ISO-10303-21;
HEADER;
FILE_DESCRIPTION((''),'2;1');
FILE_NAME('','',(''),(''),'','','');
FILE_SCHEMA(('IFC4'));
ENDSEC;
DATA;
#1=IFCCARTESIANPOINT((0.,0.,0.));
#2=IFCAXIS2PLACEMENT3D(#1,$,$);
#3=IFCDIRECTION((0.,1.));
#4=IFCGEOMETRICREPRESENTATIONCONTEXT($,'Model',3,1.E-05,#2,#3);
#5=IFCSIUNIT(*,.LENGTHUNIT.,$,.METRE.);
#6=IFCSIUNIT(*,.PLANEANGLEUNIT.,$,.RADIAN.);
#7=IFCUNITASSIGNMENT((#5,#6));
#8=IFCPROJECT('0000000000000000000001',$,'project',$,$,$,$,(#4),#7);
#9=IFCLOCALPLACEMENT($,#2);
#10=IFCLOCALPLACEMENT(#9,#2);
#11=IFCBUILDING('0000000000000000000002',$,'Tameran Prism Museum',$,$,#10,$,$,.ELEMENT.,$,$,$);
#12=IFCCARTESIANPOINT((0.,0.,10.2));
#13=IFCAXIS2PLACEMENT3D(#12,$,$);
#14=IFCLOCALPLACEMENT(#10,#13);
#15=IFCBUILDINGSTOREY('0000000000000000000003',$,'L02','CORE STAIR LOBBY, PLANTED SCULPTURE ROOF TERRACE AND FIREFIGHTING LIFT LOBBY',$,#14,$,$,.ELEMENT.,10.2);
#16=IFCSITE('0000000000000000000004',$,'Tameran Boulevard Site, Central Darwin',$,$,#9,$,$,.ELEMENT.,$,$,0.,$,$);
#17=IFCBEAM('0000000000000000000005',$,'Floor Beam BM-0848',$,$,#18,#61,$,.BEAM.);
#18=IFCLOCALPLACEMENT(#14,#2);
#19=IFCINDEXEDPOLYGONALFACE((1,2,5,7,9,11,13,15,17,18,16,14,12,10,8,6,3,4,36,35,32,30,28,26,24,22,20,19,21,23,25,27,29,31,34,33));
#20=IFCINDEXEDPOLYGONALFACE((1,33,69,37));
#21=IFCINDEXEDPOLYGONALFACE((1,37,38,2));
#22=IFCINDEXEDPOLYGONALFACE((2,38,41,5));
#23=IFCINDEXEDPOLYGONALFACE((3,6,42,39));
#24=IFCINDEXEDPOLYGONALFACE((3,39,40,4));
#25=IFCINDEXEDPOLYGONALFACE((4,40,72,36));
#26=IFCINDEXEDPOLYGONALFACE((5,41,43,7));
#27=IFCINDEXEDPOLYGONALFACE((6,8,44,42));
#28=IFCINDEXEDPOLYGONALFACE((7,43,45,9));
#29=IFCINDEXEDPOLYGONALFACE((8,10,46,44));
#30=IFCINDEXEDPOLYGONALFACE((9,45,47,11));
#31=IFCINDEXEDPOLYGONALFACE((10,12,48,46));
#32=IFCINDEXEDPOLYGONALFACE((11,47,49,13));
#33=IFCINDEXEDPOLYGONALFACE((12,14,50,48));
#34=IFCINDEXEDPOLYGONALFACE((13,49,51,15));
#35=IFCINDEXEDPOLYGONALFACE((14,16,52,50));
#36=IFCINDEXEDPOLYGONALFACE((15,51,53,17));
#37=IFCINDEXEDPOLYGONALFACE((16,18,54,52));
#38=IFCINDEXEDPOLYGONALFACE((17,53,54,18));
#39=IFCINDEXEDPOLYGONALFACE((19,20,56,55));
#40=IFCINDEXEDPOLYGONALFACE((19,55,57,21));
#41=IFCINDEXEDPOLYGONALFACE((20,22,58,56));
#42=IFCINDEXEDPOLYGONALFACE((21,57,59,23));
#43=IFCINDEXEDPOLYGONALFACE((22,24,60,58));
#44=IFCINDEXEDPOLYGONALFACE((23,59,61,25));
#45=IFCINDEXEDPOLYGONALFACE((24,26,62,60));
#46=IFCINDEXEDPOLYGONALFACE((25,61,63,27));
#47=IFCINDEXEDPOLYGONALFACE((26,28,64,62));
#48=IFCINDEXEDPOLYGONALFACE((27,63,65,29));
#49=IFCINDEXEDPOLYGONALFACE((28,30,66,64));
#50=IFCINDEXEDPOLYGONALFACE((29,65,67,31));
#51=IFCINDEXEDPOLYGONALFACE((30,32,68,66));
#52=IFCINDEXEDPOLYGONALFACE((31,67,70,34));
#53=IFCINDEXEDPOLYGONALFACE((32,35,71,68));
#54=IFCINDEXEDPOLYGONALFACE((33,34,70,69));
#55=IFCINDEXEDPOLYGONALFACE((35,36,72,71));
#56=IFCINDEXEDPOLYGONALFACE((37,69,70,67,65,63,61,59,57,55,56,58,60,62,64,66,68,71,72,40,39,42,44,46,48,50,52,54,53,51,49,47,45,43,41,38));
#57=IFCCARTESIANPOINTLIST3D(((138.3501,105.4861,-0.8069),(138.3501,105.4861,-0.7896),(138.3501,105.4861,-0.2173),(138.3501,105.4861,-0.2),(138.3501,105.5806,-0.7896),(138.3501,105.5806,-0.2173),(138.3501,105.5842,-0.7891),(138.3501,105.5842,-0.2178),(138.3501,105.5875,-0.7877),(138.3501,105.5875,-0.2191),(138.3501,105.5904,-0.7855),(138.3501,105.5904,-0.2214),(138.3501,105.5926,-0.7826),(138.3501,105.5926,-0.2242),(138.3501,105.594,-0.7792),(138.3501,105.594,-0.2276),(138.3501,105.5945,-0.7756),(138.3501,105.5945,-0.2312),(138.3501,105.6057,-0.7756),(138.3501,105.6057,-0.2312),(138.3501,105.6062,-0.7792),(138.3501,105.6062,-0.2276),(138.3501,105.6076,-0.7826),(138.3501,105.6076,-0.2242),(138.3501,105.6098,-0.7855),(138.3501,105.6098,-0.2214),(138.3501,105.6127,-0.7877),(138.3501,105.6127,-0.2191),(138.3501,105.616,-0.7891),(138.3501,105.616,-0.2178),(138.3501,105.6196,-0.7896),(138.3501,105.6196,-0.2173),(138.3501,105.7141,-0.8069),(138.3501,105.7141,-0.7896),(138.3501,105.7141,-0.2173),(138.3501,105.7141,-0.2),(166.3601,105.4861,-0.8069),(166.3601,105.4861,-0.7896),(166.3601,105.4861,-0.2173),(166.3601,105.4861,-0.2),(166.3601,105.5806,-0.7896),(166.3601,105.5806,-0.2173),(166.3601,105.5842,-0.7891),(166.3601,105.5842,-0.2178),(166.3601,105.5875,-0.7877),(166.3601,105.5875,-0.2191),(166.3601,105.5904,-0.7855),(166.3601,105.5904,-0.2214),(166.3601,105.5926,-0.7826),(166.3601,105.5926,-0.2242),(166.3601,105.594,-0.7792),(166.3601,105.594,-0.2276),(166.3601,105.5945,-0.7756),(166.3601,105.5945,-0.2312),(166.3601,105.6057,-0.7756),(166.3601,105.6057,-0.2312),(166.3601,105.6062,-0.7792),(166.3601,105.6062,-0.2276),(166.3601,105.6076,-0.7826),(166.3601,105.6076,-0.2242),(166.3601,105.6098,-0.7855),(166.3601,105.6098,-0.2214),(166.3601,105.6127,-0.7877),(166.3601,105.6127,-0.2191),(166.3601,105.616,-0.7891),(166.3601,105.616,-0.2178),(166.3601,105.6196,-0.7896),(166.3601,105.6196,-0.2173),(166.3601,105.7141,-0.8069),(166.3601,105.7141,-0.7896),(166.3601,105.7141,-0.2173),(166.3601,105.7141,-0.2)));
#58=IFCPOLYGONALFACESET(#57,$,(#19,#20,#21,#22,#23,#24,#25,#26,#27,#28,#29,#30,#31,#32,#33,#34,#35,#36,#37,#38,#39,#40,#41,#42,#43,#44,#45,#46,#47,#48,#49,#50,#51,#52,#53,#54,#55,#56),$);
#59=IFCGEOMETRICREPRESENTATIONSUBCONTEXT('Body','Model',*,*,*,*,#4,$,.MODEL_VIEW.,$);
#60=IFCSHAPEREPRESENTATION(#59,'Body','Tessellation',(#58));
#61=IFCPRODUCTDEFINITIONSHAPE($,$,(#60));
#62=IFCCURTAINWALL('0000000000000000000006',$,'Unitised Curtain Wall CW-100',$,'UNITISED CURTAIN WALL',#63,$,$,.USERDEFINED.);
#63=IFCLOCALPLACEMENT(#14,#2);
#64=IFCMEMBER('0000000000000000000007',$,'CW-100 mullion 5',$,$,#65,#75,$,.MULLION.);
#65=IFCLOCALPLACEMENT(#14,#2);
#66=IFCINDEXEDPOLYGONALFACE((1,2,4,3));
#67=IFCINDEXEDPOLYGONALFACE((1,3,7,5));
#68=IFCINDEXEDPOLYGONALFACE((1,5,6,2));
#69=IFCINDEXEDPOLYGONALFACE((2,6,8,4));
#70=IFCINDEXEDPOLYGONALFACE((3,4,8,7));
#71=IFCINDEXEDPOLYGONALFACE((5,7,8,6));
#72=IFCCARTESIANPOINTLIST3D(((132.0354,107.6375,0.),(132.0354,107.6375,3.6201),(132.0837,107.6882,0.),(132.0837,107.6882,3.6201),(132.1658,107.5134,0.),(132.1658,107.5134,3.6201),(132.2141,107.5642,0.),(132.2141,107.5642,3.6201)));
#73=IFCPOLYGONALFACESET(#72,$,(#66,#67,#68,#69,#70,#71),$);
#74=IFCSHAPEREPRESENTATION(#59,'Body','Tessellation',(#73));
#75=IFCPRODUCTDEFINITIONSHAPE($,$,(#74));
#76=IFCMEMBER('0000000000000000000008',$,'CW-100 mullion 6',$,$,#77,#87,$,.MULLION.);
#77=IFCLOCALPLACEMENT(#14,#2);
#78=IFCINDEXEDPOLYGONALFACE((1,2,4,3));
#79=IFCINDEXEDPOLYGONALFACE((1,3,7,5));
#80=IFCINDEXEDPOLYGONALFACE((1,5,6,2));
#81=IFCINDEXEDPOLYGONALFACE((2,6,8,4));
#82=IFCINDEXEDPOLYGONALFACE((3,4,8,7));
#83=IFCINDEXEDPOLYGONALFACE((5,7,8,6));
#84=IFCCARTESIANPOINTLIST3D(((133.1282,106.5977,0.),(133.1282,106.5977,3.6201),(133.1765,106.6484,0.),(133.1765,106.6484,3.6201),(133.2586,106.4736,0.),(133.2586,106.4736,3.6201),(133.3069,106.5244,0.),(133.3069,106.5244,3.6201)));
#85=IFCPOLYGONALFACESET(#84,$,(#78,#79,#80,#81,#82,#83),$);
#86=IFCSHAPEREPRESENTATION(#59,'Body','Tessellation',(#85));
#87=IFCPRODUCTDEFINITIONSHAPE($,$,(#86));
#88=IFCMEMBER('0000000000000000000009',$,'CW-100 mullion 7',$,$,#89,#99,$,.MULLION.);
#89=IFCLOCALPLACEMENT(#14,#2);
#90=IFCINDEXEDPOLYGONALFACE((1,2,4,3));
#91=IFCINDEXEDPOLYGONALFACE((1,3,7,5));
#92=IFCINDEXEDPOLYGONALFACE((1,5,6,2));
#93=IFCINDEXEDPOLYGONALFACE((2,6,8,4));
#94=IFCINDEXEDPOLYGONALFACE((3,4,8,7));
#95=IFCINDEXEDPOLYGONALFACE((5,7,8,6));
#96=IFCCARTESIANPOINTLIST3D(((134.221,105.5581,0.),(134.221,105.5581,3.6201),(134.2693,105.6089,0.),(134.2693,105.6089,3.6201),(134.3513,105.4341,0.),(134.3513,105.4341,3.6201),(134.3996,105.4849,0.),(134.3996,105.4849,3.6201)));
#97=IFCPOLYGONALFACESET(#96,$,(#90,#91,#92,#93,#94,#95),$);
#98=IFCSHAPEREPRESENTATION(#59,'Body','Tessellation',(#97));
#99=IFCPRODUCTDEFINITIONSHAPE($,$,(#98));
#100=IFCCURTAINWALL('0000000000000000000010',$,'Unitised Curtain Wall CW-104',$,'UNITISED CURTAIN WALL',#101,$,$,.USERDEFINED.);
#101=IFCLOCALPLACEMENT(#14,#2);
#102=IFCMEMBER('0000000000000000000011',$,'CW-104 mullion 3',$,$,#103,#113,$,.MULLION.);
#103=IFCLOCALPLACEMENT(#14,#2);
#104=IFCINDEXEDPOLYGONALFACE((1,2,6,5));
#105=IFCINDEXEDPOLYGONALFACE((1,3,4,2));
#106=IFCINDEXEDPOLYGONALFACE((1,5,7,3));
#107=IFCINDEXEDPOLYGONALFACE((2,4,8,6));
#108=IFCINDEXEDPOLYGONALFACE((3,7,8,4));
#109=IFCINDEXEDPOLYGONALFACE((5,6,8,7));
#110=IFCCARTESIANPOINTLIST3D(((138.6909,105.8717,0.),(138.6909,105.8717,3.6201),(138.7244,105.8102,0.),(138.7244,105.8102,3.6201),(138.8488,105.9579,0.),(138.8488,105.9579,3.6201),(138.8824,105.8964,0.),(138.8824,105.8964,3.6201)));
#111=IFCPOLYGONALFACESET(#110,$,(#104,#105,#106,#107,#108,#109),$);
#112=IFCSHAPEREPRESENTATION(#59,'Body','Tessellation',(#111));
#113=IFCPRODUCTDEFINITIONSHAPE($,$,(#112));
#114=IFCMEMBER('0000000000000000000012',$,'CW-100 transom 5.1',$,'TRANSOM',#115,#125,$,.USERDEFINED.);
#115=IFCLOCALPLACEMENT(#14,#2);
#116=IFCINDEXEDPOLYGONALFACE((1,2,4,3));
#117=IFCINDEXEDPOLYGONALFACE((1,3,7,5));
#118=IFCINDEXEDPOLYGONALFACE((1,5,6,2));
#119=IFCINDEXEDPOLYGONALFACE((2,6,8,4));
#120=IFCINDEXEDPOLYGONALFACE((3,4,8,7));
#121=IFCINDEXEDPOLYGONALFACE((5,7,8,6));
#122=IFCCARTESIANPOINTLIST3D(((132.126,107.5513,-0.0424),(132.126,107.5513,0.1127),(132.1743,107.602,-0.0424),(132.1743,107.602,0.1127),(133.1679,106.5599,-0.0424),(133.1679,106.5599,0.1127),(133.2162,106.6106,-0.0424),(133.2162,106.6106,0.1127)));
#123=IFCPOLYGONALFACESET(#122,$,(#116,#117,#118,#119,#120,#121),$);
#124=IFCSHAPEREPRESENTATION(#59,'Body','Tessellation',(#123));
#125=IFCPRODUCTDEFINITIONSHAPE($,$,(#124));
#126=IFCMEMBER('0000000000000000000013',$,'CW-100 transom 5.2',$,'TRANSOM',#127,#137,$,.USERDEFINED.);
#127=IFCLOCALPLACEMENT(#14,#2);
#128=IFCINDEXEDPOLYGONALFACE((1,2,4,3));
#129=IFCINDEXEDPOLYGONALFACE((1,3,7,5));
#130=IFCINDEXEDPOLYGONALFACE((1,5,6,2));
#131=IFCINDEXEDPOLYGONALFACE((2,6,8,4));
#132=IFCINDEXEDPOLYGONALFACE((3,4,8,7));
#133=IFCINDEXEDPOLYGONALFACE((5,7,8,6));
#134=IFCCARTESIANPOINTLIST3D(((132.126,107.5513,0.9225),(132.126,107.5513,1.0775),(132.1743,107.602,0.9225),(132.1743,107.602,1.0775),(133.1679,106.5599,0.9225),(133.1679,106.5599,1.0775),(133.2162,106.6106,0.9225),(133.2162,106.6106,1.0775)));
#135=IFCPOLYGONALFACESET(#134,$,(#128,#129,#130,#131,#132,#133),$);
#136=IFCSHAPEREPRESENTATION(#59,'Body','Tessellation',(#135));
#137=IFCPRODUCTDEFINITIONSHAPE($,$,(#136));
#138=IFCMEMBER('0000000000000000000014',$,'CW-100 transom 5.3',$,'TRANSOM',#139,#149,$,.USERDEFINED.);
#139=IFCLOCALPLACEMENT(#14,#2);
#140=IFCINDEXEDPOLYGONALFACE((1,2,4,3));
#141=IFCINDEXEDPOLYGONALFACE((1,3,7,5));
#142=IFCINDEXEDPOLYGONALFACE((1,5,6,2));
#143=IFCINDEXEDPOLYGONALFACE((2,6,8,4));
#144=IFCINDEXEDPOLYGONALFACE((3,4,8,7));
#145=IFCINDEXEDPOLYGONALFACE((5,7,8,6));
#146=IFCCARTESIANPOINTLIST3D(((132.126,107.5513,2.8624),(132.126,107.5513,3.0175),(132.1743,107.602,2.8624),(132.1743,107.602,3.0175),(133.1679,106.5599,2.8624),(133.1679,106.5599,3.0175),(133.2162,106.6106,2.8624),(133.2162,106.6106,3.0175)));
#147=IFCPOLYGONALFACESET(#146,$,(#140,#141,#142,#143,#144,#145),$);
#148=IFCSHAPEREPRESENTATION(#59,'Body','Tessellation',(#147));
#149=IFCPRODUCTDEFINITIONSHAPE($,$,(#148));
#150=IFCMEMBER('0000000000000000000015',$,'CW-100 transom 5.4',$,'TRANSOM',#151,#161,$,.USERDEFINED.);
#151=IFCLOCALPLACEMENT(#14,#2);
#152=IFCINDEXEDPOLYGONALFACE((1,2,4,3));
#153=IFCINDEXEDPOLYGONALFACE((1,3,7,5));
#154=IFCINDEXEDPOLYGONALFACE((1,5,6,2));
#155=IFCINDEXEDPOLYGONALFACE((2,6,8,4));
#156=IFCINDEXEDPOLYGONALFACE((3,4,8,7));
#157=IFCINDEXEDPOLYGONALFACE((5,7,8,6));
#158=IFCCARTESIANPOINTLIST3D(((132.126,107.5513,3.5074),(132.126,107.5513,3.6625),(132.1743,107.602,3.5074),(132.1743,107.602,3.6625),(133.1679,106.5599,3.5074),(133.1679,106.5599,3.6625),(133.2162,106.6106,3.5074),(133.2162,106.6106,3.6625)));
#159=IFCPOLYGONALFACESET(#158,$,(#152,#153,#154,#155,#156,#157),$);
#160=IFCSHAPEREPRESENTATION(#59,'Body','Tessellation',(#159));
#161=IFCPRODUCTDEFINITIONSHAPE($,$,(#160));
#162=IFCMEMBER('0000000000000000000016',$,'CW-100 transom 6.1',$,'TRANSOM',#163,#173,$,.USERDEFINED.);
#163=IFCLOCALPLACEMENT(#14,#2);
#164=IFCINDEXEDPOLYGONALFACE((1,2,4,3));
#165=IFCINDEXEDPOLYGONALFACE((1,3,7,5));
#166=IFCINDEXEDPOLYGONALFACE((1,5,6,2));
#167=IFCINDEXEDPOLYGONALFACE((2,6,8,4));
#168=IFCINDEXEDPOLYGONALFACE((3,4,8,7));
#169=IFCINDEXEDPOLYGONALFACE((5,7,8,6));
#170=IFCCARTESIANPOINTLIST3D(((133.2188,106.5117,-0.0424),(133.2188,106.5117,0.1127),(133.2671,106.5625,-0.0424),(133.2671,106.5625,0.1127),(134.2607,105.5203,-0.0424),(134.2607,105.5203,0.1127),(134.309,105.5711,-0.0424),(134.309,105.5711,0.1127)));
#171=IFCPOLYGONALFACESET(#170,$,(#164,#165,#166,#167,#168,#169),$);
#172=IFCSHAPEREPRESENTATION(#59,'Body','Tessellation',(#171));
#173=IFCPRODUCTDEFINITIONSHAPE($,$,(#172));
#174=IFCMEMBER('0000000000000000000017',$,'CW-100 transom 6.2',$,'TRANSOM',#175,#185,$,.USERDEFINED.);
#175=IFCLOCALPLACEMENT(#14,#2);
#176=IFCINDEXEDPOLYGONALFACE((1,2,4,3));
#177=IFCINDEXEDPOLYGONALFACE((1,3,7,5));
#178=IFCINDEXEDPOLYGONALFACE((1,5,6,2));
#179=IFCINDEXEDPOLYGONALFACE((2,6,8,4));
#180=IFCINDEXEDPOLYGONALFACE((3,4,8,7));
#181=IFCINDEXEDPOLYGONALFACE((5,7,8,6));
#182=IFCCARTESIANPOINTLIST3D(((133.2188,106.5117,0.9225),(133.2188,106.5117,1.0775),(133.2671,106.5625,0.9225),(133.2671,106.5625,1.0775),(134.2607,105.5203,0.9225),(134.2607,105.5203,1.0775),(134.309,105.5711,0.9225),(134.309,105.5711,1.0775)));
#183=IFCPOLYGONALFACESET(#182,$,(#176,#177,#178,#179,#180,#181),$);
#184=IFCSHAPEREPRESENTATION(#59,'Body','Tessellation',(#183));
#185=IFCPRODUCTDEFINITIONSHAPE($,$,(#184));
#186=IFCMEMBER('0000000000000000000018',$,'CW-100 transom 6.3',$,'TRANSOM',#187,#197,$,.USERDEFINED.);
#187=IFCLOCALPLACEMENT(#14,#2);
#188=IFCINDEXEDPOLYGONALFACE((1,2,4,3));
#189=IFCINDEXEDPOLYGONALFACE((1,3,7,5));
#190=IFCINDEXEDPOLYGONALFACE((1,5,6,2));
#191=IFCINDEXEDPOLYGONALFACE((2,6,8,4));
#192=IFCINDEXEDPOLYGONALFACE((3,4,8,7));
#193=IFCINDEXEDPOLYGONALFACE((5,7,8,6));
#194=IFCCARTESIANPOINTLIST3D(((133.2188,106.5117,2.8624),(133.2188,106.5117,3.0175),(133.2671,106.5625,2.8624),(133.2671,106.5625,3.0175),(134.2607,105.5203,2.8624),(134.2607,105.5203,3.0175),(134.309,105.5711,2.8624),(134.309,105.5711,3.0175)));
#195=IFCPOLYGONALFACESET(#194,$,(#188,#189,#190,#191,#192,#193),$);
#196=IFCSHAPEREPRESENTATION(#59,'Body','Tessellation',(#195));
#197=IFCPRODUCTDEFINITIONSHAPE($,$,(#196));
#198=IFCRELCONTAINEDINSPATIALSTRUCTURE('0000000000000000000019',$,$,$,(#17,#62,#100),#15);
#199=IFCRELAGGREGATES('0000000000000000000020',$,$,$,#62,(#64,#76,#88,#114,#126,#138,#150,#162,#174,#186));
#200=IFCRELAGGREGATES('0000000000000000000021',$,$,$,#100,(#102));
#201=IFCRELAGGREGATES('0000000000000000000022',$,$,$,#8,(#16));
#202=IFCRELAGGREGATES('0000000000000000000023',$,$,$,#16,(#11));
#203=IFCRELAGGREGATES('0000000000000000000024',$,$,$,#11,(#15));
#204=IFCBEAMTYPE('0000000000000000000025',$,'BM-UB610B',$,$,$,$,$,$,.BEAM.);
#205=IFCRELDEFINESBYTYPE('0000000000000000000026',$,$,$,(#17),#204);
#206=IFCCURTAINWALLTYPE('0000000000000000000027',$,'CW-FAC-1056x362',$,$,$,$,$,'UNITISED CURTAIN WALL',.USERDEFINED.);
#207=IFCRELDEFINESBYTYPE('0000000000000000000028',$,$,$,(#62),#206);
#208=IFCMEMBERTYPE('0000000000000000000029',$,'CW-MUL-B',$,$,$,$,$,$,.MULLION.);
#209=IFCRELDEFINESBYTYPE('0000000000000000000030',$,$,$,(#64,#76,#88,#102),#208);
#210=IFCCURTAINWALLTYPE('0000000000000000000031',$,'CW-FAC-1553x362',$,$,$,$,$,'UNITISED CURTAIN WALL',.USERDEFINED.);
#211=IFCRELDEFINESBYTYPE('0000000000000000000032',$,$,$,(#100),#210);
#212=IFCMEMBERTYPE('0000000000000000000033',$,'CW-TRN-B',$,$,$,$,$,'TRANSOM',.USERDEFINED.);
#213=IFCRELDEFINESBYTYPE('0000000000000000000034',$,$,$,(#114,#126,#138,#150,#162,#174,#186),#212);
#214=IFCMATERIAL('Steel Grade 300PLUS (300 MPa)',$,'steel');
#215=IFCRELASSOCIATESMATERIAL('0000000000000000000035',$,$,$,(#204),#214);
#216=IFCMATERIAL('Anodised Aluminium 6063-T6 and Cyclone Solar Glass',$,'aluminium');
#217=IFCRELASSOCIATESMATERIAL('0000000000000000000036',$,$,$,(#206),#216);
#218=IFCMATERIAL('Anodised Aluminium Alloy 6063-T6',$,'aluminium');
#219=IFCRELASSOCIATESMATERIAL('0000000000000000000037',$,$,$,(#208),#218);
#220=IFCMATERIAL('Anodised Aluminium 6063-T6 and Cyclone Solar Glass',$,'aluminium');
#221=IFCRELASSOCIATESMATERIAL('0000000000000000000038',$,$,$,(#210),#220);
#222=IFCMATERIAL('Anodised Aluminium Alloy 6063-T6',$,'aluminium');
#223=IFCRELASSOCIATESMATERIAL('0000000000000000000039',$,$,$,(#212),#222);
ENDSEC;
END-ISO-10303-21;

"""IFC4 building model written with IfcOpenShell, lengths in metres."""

from ifc_helpers import new_model, si_unit, direction, frame, origin, origin_2d, place, context, subcontext, project, spatial, rectangle, i_section, extrude, material, material_profile, profile_set, type_object, element, aggregate, save


model = new_model("IFC4")

# Units and contexts
model_context = context("Model", 3, precision=1e-05, world=origin(), true_north=direction((0.0, 1.0)))
body_context = subcontext(model_context, "Body", "Model", "MODEL_VIEW")
ifc_project = project(units=[si_unit("LENGTHUNIT", "METRE"), si_unit("PLANEANGLEUNIT", "RADIAN")], contexts=[model_context])

# Site, building, storey
site_placement = place(None, origin())
site = spatial("IfcSite", under=ifc_project, at=site_placement, Name="Tameran Boulevard Site, Central Darwin", CompositionType="ELEMENT", RefElevation=0.0)
building_placement = place(site_placement, origin())
building = spatial("IfcBuilding", under=site, at=building_placement, Name="Tameran Prism Museum", CompositionType="ELEMENT")
storey_placement = place(building_placement, frame((0.0, 0.0, 10.2)))
storey = spatial("IfcBuildingStorey", under=building, at=storey_placement, Name="L02", Description="CORE STAIR LOBBY, PLANTED SCULPTURE ROOF TERRACE AND FIREFIGHTING LIFT LOBBY", CompositionType="ELEMENT", Elevation=10.2)

# Beam
ifc_material_1 = material(Name="Steel Grade 300PLUS (300 MPa)", Category="steel")
ifc_material_profile_1 = material_profile(ifc_material_1, i_section(OverallWidth=0.228, OverallDepth=0.6069, WebThickness=0.0112, FlangeThickness=0.0173, FilletRadius=0.0139, at=origin_2d()))
ifc_profile_set_1 = profile_set([ifc_material_profile_1])
beam_type = type_object("IfcBeamType", Name="BM-UB610B", PredefinedType="BEAM", material=ifc_profile_set_1)
beam_placement = place(storey_placement, frame((138.3501, 105.6001, -0.5034), z_axis=(1.0, 0.0, 0.0), x_axis=(0.0, 1.0, 0.0)))
element("IfcBeam", 1, at=beam_placement, inside=storey, type_object=beam_type, Name="Floor Beam BM-0848", PredefinedType="BEAM", context=body_context, shape_type="SweptSolid", body=[
    extrude(i_section(OverallWidth=0.228, OverallDepth=0.6069, WebThickness=0.0112, FlangeThickness=0.0173, FilletRadius=0.0139, at=origin_2d()), origin(), (0.0, 0.0, 1.0), 28.01),
])

# Curtain wall, members
ifc_material_2 = material(Name="Anodised Aluminium 6063-T6 and Cyclone Solar Glass", Category="aluminium")
curtain_wall_type_1 = type_object("IfcCurtainWallType", Name="CW-FAC-1056x362", ElementType="UNITISED CURTAIN WALL", PredefinedType="USERDEFINED", material=ifc_material_2)
curtain_wall_1_placement = place(storey_placement, origin())
curtain_wall_1 = element("IfcCurtainWall", 2, at=curtain_wall_1_placement, inside=storey, type_object=curtain_wall_type_1, Name="Unitised Curtain Wall CW-100", ObjectType="UNITISED CURTAIN WALL", PredefinedType="USERDEFINED")
ifc_material_3 = material(Name="Anodised Aluminium Alloy 6063-T6", Category="aluminium")
ifc_material_profile_2 = material_profile(ifc_material_3, rectangle(XDim=0.0701, YDim=0.1799, at=origin_2d()))
ifc_profile_set_2 = profile_set([ifc_material_profile_2])
member_type_1 = type_object("IfcMemberType", Name="CW-MUL-B", PredefinedType="MULLION", material=ifc_profile_set_2)
member_1_placement = place(storey_placement, frame((132.1248, 107.6008, 0.0), z_axis=(0.0, 0.0, 1.0), x_axis=(0.68927, 0.724505, 0.0)))
member_1 = element("IfcMember", 3, at=member_1_placement, type_object=member_type_1, Name="CW-100 mullion 5", PredefinedType="MULLION", context=body_context, shape_type="SweptSolid", body=[
    extrude(rectangle(XDim=0.0701, YDim=0.1799, at=origin_2d()), origin(), (0.0, 0.0, 1.0), 3.6201),
])
member_2_placement = place(storey_placement, frame((133.2175, 106.561, 0.0), z_axis=(0.0, 0.0, 1.0), x_axis=(0.68927, 0.724505, 0.0)))
member_2 = element("IfcMember", 4, at=member_2_placement, type_object=member_type_1, Name="CW-100 mullion 6", PredefinedType="MULLION", context=body_context, shape_type="SweptSolid", body=[
    extrude(rectangle(XDim=0.0701, YDim=0.1799, at=origin_2d()), origin(), (0.0, 0.0, 1.0), 3.6201),
])
member_3_placement = place(storey_placement, frame((134.3103, 105.5215, 0.0), z_axis=(0.0, 0.0, 1.0), x_axis=(0.68927, 0.724505, 0.0)))
member_3 = element("IfcMember", 5, at=member_3_placement, type_object=member_type_1, Name="CW-100 mullion 7", PredefinedType="MULLION", context=body_context, shape_type="SweptSolid", body=[
    extrude(rectangle(XDim=0.0701, YDim=0.1799, at=origin_2d()), origin(), (0.0, 0.0, 1.0), 3.6201),
])

# Curtain wall, member
ifc_material_4 = material(Name="Anodised Aluminium 6063-T6 and Cyclone Solar Glass", Category="aluminium")
curtain_wall_type_2 = type_object("IfcCurtainWallType", Name="CW-FAC-1553x362", ElementType="UNITISED CURTAIN WALL", PredefinedType="USERDEFINED", material=ifc_material_4)
curtain_wall_2_placement = place(storey_placement, origin())
curtain_wall_2 = element("IfcCurtainWall", 6, at=curtain_wall_2_placement, inside=storey, type_object=curtain_wall_type_2, Name="Unitised Curtain Wall CW-104", ObjectType="UNITISED CURTAIN WALL", PredefinedType="USERDEFINED")
member_4_placement = place(storey_placement, frame((138.7866, 105.884, 0.0), z_axis=(0.0, 0.0, 1.0), x_axis=(-0.478793, 0.877928, 0.0)))
member_4 = element("IfcMember", 7, at=member_4_placement, type_object=member_type_1, Name="CW-104 mullion 3", PredefinedType="MULLION", context=body_context, shape_type="SweptSolid", body=[
    extrude(rectangle(XDim=0.0701, YDim=0.1799, at=origin_2d()), origin(), (0.0, 0.0, 1.0), 3.6201),
])

# Members
ifc_material_5 = material(Name="Anodised Aluminium Alloy 6063-T6", Category="aluminium")
ifc_material_profile_3 = material_profile(ifc_material_5, rectangle(XDim=0.0701, YDim=0.155, at=origin_2d()))
ifc_profile_set_3 = profile_set([ifc_material_profile_3])
member_type_2 = type_object("IfcMemberType", Name="CW-TRN-B", ElementType="TRANSOM", PredefinedType="USERDEFINED", material=ifc_profile_set_3)
member_5_placement = place(storey_placement, frame((132.1501, 107.5767, 0.0352), z_axis=(0.724457, -0.68932, 0.0), x_axis=(0.68932, 0.724457, 0.0)))
member_5 = element("IfcMember", 8, at=member_5_placement, type_object=member_type_2, Name="CW-100 transom 5.1", ObjectType="TRANSOM", PredefinedType="USERDEFINED", context=body_context, shape_type="SweptSolid", body=[
    extrude(rectangle(XDim=0.0701, YDim=0.155, at=origin_2d()), origin(), (0.0, 0.0, 1.0), 1.4382),
])
member_6_placement = place(storey_placement, frame((132.1501, 107.5767, 1.0), z_axis=(0.724457, -0.68932, 0.0), x_axis=(0.68932, 0.724457, 0.0)))
member_6 = element("IfcMember", 9, at=member_6_placement, type_object=member_type_2, Name="CW-100 transom 5.2", ObjectType="TRANSOM", PredefinedType="USERDEFINED", context=body_context, shape_type="SweptSolid", body=[
    extrude(rectangle(XDim=0.0701, YDim=0.155, at=origin_2d()), origin(), (0.0, 0.0, 1.0), 1.4382),
])
member_7_placement = place(storey_placement, frame((132.1501, 107.5767, 2.9399), z_axis=(0.724457, -0.68932, 0.0), x_axis=(0.68932, 0.724457, 0.0)))
member_7 = element("IfcMember", 10, at=member_7_placement, type_object=member_type_2, Name="CW-100 transom 5.3", ObjectType="TRANSOM", PredefinedType="USERDEFINED", context=body_context, shape_type="SweptSolid", body=[
    extrude(rectangle(XDim=0.0701, YDim=0.155, at=origin_2d()), origin(), (0.0, 0.0, 1.0), 1.4382),
])
member_8_placement = place(storey_placement, frame((132.1501, 107.5767, 3.585), z_axis=(0.724457, -0.68932, 0.0), x_axis=(0.68932, 0.724457, 0.0)))
member_8 = element("IfcMember", 11, at=member_8_placement, type_object=member_type_2, Name="CW-100 transom 5.4", ObjectType="TRANSOM", PredefinedType="USERDEFINED", context=body_context, shape_type="SweptSolid", body=[
    extrude(rectangle(XDim=0.0701, YDim=0.155, at=origin_2d()), origin(), (0.0, 0.0, 1.0), 1.4382),
])
member_9_placement = place(storey_placement, frame((133.2429, 106.5371, 0.0352), z_axis=(0.724457, -0.68932, 0.0), x_axis=(0.68932, 0.724457, 0.0)))
member_9 = element("IfcMember", 12, at=member_9_placement, type_object=member_type_2, Name="CW-100 transom 6.1", ObjectType="TRANSOM", PredefinedType="USERDEFINED", context=body_context, shape_type="SweptSolid", body=[
    extrude(rectangle(XDim=0.0701, YDim=0.155, at=origin_2d()), origin(), (0.0, 0.0, 1.0), 1.4382),
])
member_10_placement = place(storey_placement, frame((133.2429, 106.5371, 1.0), z_axis=(0.724457, -0.68932, 0.0), x_axis=(0.68932, 0.724457, 0.0)))
member_10 = element("IfcMember", 13, at=member_10_placement, type_object=member_type_2, Name="CW-100 transom 6.2", ObjectType="TRANSOM", PredefinedType="USERDEFINED", context=body_context, shape_type="SweptSolid", body=[
    extrude(rectangle(XDim=0.0701, YDim=0.155, at=origin_2d()), origin(), (0.0, 0.0, 1.0), 1.4382),
])
member_11_placement = place(storey_placement, frame((133.2429, 106.5371, 2.9399), z_axis=(0.724457, -0.68932, 0.0), x_axis=(0.68932, 0.724457, 0.0)))
member_11 = element("IfcMember", 14, at=member_11_placement, type_object=member_type_2, Name="CW-100 transom 6.3", ObjectType="TRANSOM", PredefinedType="USERDEFINED", context=body_context, shape_type="SweptSolid", body=[
    extrude(rectangle(XDim=0.0701, YDim=0.155, at=origin_2d()), origin(), (0.0, 0.0, 1.0), 1.4382),
])

aggregate(curtain_wall_1, [member_1, member_2, member_3, member_5, member_6, member_7, member_8, member_9, member_10, member_11])
aggregate(curtain_wall_2, [member_4])

save(model, "model.ifc")
